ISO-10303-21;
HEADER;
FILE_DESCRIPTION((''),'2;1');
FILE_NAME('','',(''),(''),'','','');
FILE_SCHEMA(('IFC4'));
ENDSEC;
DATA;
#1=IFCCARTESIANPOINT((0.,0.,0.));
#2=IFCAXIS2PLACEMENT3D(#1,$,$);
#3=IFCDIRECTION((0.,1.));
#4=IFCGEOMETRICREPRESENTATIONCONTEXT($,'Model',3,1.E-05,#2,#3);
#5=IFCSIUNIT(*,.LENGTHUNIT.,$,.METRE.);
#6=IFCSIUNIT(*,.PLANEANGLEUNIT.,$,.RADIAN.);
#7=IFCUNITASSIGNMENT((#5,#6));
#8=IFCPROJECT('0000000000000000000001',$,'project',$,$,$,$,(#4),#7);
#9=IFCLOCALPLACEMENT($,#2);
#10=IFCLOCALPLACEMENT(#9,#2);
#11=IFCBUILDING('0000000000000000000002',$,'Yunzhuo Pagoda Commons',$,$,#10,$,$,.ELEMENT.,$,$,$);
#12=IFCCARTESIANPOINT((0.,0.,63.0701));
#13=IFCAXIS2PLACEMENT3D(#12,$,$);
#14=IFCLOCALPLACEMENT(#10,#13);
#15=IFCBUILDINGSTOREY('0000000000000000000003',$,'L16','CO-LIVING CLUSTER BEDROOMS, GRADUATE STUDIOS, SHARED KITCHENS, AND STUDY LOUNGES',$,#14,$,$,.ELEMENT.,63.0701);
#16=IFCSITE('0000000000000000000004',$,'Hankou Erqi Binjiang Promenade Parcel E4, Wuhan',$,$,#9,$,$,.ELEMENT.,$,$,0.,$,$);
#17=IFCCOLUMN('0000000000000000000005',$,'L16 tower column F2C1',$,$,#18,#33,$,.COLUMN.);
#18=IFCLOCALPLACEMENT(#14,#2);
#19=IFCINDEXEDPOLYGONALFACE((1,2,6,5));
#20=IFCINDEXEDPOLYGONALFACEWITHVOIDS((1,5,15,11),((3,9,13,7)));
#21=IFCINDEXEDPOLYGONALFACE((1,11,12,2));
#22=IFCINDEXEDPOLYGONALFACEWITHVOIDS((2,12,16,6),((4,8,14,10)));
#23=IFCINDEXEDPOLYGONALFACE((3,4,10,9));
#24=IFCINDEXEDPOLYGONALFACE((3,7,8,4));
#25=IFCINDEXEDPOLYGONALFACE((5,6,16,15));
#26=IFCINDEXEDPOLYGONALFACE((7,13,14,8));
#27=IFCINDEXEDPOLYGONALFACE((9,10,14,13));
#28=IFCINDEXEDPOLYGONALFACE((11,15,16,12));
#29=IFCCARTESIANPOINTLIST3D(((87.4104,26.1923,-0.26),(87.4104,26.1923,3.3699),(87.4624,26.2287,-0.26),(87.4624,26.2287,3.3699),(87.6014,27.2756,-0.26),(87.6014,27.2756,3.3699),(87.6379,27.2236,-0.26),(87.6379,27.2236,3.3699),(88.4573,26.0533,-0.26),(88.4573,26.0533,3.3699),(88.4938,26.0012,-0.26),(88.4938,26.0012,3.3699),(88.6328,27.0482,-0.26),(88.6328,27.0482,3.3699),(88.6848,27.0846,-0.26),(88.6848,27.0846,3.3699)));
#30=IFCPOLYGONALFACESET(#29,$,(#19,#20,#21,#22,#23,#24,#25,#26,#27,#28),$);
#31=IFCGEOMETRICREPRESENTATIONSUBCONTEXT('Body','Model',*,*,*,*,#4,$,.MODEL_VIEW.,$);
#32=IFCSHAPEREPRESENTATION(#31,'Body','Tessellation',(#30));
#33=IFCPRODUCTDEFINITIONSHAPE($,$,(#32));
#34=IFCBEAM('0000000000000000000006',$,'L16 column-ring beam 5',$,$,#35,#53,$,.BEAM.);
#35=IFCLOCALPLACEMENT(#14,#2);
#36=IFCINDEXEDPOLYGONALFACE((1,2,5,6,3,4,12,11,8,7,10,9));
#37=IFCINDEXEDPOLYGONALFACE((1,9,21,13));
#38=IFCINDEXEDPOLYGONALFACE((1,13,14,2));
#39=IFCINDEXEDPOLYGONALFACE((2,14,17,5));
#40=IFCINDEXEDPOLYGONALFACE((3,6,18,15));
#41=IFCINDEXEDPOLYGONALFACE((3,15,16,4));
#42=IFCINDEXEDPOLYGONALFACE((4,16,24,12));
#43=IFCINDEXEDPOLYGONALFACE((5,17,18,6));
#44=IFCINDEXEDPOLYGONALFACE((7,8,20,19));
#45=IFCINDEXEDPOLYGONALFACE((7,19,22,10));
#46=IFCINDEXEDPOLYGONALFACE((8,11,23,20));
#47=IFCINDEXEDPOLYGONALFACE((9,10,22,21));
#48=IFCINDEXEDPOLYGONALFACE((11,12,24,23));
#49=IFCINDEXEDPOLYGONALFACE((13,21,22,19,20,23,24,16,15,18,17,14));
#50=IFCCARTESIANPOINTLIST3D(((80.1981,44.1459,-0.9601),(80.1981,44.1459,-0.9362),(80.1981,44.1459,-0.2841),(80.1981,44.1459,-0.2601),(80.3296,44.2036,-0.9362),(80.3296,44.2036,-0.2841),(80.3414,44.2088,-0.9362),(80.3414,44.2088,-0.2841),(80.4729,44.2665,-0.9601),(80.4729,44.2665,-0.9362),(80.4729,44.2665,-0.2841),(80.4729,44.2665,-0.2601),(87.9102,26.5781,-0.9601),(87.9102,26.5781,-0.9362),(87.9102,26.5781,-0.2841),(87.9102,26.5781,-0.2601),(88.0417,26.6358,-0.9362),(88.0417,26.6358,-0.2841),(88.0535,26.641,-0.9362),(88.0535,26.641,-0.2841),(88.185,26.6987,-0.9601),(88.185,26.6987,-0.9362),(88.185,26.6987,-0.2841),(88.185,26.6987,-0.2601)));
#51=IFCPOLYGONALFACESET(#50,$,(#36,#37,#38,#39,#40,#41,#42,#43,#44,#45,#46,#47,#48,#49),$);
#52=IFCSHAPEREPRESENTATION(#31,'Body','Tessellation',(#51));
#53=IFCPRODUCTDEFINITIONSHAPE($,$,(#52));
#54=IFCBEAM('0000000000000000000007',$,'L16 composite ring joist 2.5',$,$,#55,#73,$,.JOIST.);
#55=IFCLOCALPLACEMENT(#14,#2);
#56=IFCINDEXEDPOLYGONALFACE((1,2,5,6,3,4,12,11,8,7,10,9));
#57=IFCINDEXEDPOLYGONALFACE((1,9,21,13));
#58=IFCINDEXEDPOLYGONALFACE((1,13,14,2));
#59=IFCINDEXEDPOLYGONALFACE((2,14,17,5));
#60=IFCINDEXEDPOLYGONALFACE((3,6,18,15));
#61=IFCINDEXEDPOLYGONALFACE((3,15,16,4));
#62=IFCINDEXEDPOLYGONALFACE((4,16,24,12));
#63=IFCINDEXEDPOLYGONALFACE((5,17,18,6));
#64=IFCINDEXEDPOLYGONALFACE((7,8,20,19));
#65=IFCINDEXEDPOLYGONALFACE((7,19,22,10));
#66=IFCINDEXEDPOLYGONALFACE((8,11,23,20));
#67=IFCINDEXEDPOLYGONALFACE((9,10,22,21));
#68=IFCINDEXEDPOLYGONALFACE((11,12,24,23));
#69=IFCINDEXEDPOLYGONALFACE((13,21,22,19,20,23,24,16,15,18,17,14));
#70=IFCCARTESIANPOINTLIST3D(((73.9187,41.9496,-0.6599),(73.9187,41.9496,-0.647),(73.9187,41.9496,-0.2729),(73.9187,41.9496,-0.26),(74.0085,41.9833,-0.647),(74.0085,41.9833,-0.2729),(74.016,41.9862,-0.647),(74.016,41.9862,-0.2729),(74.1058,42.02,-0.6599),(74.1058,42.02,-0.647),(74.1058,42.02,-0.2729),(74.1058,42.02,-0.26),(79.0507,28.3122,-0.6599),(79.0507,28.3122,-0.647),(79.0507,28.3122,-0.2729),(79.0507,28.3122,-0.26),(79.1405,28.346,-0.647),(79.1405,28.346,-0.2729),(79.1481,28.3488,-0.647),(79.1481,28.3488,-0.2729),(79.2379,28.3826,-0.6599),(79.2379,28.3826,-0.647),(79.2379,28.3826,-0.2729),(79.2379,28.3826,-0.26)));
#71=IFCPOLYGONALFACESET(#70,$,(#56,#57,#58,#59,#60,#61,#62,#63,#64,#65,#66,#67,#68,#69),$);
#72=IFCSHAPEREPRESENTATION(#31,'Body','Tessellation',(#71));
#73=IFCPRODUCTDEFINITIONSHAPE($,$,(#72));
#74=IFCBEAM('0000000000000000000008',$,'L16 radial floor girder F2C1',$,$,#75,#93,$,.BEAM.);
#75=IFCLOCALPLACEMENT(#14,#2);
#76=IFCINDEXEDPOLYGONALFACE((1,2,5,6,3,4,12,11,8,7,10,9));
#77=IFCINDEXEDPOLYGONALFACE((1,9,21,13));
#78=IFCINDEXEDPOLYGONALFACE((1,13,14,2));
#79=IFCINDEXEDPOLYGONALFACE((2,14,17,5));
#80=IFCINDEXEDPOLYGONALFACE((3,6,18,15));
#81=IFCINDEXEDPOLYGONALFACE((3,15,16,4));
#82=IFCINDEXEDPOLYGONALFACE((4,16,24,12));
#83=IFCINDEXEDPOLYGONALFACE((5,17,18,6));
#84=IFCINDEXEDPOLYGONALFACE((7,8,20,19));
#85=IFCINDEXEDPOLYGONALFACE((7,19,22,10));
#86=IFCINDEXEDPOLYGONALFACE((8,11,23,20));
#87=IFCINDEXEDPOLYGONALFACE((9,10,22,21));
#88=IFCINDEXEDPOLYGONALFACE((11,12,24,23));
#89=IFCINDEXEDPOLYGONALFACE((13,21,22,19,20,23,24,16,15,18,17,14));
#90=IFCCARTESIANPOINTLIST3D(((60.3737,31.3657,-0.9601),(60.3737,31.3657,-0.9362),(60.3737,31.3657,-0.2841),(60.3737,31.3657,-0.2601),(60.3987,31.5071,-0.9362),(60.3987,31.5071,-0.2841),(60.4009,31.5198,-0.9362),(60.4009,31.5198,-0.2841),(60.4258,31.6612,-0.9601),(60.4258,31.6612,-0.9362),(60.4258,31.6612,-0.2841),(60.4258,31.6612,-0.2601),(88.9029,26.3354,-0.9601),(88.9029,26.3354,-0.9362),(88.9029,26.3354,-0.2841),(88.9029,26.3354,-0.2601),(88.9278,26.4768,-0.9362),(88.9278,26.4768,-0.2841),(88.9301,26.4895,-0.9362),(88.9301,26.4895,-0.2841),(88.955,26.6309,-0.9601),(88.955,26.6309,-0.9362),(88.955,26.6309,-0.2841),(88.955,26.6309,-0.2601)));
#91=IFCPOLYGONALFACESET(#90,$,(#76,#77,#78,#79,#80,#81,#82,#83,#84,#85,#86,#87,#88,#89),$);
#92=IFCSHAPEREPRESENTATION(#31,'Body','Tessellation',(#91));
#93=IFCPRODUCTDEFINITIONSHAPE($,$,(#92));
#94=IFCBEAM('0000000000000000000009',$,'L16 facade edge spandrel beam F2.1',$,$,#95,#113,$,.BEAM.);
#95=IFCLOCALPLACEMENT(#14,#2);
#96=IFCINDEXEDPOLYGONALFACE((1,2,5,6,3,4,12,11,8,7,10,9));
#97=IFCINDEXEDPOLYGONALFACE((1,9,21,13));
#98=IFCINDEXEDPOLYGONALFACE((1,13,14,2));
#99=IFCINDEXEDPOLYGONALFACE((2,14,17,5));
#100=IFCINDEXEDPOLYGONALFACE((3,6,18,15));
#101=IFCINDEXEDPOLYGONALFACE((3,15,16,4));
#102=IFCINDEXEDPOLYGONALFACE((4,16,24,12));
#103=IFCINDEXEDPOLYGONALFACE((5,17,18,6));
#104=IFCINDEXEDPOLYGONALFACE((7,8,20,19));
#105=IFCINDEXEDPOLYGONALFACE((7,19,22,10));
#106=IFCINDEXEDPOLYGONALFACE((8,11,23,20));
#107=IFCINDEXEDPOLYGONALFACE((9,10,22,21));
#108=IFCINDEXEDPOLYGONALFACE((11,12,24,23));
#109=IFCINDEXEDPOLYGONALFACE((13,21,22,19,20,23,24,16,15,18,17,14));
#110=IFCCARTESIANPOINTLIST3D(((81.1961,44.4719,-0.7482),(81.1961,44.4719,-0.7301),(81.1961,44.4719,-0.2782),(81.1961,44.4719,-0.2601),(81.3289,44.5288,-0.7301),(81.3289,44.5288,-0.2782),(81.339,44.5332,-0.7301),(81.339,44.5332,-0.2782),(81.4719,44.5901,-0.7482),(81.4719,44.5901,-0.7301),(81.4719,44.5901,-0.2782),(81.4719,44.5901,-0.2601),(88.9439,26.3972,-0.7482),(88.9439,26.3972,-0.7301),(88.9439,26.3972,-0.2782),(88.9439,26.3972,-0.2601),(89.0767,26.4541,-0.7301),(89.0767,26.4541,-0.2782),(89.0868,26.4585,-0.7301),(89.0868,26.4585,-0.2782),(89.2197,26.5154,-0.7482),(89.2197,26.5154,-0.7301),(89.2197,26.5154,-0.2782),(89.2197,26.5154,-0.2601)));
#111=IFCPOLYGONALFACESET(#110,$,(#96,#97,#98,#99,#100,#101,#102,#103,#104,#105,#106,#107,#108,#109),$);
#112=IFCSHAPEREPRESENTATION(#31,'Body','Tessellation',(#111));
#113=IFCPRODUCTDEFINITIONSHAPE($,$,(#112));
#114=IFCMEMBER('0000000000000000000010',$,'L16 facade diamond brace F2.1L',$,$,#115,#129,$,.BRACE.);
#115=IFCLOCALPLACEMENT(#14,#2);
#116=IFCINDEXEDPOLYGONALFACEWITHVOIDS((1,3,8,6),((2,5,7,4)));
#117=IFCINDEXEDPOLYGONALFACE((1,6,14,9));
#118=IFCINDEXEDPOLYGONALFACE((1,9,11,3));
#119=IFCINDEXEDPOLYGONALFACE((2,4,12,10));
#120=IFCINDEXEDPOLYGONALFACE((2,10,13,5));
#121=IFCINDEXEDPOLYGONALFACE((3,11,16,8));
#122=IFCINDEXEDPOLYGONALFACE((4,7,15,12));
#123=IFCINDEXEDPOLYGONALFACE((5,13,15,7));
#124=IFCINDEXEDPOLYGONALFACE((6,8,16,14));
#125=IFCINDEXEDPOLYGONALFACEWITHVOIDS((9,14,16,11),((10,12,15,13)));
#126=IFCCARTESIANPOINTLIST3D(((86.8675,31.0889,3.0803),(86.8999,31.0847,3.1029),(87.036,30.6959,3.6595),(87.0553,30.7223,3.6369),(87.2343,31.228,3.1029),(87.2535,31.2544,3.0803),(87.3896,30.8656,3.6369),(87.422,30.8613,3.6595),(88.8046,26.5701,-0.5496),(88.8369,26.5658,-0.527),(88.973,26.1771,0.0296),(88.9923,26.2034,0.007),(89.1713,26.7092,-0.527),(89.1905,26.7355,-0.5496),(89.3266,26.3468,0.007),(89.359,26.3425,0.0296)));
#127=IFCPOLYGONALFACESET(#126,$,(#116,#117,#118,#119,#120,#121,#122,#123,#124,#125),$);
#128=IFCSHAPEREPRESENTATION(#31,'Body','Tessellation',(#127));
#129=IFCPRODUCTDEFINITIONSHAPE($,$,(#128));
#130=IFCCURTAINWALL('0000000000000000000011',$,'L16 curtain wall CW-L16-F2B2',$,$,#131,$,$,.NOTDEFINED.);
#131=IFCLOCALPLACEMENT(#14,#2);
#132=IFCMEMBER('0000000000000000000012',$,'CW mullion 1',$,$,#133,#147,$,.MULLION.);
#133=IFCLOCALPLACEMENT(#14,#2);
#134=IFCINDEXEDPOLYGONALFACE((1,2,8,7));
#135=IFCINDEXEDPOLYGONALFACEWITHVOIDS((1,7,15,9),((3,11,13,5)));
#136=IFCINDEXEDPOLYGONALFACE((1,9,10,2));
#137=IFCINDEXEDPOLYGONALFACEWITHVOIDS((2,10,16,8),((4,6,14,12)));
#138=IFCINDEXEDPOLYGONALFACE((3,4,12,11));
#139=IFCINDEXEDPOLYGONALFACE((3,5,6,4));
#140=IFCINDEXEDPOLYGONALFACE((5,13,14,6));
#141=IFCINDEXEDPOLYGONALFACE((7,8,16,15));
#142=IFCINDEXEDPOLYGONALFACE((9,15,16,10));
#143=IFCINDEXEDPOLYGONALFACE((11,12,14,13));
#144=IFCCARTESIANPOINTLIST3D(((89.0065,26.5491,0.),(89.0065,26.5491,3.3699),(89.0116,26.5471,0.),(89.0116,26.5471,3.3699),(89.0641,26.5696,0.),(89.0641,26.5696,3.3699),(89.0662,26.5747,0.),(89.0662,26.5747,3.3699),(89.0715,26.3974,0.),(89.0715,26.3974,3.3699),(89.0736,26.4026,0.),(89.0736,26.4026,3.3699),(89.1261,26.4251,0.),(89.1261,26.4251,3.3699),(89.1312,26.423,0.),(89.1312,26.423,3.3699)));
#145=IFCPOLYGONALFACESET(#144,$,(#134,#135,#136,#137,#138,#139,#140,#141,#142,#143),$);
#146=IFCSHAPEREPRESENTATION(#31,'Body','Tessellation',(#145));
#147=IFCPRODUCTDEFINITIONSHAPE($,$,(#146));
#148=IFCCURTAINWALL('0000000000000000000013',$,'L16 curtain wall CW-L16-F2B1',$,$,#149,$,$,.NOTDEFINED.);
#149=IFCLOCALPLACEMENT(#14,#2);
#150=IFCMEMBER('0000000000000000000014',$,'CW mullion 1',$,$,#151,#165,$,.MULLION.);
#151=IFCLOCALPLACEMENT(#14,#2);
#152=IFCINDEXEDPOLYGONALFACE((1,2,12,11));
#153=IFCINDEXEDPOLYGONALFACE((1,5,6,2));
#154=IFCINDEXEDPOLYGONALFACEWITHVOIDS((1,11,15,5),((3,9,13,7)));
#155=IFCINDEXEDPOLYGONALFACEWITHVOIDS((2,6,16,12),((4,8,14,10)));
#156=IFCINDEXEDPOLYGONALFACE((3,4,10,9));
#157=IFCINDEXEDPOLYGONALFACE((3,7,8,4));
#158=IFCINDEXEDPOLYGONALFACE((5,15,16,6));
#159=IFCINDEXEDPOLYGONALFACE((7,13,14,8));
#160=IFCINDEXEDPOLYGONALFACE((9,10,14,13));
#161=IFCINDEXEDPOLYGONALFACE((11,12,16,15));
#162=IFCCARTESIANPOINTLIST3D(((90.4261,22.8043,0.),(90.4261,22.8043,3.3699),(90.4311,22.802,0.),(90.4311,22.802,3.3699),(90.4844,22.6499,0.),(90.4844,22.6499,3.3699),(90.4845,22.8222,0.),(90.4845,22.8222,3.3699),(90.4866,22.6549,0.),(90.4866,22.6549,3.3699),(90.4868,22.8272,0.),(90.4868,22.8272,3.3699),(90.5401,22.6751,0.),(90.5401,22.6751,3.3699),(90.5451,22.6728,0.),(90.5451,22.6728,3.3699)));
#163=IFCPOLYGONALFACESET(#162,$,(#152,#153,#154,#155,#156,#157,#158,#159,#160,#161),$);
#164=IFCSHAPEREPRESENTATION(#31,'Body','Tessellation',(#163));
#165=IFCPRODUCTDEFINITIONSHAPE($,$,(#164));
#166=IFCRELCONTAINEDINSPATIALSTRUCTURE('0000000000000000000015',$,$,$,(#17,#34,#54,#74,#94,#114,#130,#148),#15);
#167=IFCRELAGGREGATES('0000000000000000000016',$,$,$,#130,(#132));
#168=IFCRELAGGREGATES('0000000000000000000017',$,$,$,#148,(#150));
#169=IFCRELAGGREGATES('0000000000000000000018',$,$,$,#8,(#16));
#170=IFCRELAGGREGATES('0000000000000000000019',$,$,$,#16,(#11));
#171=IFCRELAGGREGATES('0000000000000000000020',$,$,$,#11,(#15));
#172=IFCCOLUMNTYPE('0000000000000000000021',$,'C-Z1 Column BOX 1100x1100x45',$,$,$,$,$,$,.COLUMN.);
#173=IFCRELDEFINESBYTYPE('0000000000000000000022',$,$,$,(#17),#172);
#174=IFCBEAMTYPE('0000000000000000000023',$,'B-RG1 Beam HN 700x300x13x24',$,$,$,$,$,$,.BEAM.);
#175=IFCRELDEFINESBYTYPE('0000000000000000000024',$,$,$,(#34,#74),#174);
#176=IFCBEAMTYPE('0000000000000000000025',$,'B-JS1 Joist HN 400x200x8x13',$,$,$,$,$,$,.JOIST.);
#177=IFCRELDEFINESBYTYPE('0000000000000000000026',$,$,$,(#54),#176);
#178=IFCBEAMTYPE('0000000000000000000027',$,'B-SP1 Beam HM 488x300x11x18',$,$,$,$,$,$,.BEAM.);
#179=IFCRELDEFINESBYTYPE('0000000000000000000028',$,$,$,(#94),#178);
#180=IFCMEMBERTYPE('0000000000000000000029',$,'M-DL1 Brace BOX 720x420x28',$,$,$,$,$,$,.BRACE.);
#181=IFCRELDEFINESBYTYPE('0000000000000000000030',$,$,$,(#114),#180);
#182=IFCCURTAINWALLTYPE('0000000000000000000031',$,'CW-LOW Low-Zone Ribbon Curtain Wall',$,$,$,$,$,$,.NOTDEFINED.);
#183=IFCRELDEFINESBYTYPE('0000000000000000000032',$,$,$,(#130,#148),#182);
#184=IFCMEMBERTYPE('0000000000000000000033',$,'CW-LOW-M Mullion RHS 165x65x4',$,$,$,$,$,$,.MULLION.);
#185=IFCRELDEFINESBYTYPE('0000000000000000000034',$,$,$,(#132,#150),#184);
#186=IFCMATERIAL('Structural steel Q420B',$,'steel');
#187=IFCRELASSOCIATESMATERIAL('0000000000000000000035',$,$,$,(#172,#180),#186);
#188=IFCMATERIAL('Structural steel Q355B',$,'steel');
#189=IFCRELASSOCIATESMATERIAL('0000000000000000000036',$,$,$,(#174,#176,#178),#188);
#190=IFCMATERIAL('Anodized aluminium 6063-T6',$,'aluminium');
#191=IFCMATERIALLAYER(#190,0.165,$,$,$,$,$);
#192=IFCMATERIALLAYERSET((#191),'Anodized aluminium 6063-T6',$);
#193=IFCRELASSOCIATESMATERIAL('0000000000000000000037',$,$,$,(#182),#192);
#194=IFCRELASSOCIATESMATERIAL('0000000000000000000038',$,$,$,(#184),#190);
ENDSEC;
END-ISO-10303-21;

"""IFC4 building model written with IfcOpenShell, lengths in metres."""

from ifc_helpers import new_model, si_unit, direction, frame, origin, origin_2d, place, context, subcontext, project, spatial, hollow_rectangle, i_section, extrude, source, transform, mapped, material, layer, layer_set, material_profile, profile_set, type_object, element, aggregate, save


model = new_model("IFC4")

# Units and contexts
model_context = context("Model", 3, precision=1e-05, world=origin(), true_north=direction((0.0, 1.0)))
body_context = subcontext(model_context, "Body", "Model", "MODEL_VIEW")
ifc_project = project(units=[si_unit("LENGTHUNIT", "METRE"), si_unit("PLANEANGLEUNIT", "RADIAN")], contexts=[model_context])

# Site, building, storey
site_placement = place(None, origin())
site = spatial("IfcSite", under=ifc_project, at=site_placement, Name="Hankou Erqi Binjiang Promenade Parcel E4, Wuhan", CompositionType="ELEMENT", RefElevation=0.0)
building_placement = place(site_placement, origin())
building = spatial("IfcBuilding", under=site, at=building_placement, Name="Yunzhuo Pagoda Commons", CompositionType="ELEMENT")
storey_placement = place(building_placement, frame((0.0, 0.0, 63.0701)))
storey = spatial("IfcBuildingStorey", under=building, at=storey_placement, Name="L16", Description="CO-LIVING CLUSTER BEDROOMS, GRADUATE STUDIOS, SHARED KITCHENS, AND STUDY LOUNGES", CompositionType="ELEMENT", Elevation=63.0701)

# Column
ifc_material_1 = material(Name="Structural steel Q420B", Category="steel")
ifc_material_profile_1 = material_profile(ifc_material_1, hollow_rectangle(XDim=1.1001, YDim=1.1001, WallThickness=0.0449, at=origin_2d()), Name="Structural steel Q420B")
ifc_profile_set_1 = profile_set([ifc_material_profile_1], Name="Structural steel Q420B")
column_type = type_object("IfcColumnType", Name="C-Z1 Column BOX 1100x1100x45", PredefinedType="COLUMN", material=ifc_profile_set_1)
shared_shape_1 = source(origin(), body_context, "Body", "SweptSolid", [
    extrude(hollow_rectangle(XDim=1.1001, YDim=1.1001, WallThickness=0.0449, at=origin_2d()), origin(), (0.0, 0.0, 1.0), 3.6299),
])
column_placement = place(storey_placement, frame((88.0476, 26.6384, -0.26), z_axis=(0.0, 0.0, 1.0), x_axis=(0.173648, 0.984808, 0.0)))
element("IfcColumn", 1, at=column_placement, inside=storey, type_object=column_type, Name="L16 tower column F2C1", PredefinedType="COLUMN", context=body_context, shape_type="MappedRepresentation", body=[
    mapped(shared_shape_1, transform((0.0, 0.0, 0.0), scale=1.0)),
])

# Beams
ifc_material_2 = material(Name="Structural steel Q355B", Category="steel")
ifc_material_profile_2 = material_profile(ifc_material_2, i_section(OverallWidth=0.3, OverallDepth=0.7, WebThickness=0.0129, FlangeThickness=0.0239, at=origin_2d()), Name="Structural steel Q355B")
ifc_profile_set_2 = profile_set([ifc_material_profile_2], Name="Structural steel Q355B")
beam_type_1 = type_object("IfcBeamType", Name="B-RG1 Beam HN 700x300x13x24", PredefinedType="BEAM", material=ifc_profile_set_2)
shared_shape_2 = source(origin(), body_context, "Body", "SweptSolid", [
    extrude(i_section(OverallWidth=0.3, OverallDepth=0.7, WebThickness=0.0129, FlangeThickness=0.0239, at=origin_2d()), origin(), (0.0, 0.0, 1.0), 19.186),
])
beam_1_placement = place(storey_placement, frame((88.0476, 26.6384, -0.6101), z_axis=(-0.401965, 0.915655, 0.0), x_axis=(-0.915655, -0.401965, 0.0)))
element("IfcBeam", 2, at=beam_1_placement, inside=storey, type_object=beam_type_1, Name="L16 column-ring beam 5", PredefinedType="BEAM", context=body_context, shape_type="MappedRepresentation", body=[
    mapped(shared_shape_2, transform((0.0, 0.0, 0.0), scale=1.0)),
])
ifc_material_profile_3 = material_profile(ifc_material_2, i_section(OverallWidth=0.2, OverallDepth=0.3999, WebThickness=0.0081, FlangeThickness=0.0129, at=origin_2d()), Name="Structural steel Q355B")
ifc_profile_set_3 = profile_set([ifc_material_profile_3], Name="Structural steel Q355B")
beam_type_2 = type_object("IfcBeamType", Name="B-JS1 Joist HN 400x200x8x13", PredefinedType="JOIST", material=ifc_profile_set_3)
shared_shape_3 = source(origin(), body_context, "Body", "SweptSolid", [
    extrude(i_section(OverallWidth=0.2, OverallDepth=0.3999, WebThickness=0.0081, FlangeThickness=0.0129, at=origin_2d()), origin(), (0.0, 0.0, 1.0), 14.571),
])
beam_2_placement = place(storey_placement, frame((79.1443, 28.3474, -0.46), z_axis=(-0.352208, 0.935922, 0.0), x_axis=(-0.935922, -0.352208, 0.0)))
element("IfcBeam", 3, at=beam_2_placement, inside=storey, type_object=beam_type_2, Name="L16 composite ring joist 2.5", PredefinedType="JOIST", context=body_context, shape_type="MappedRepresentation", body=[
    mapped(shared_shape_3, transform((0.0, 0.0, 0.0), scale=1.0)),
])
shared_shape_4 = source(origin(), body_context, "Body", "SweptSolid", [
    extrude(i_section(OverallWidth=0.3, OverallDepth=0.7, WebThickness=0.0129, FlangeThickness=0.0239, at=origin_2d()), origin(), (0.0, 0.0, 1.0), 28.9692),
])
beam_3_placement = place(storey_placement, frame((88.929, 26.4832, -0.6101), z_axis=(-0.984809, 0.173643, 0.0), x_axis=(-0.173643, -0.984809, 0.0)))
element("IfcBeam", 4, at=beam_3_placement, inside=storey, type_object=beam_type_1, Name="L16 radial floor girder F2C1", PredefinedType="BEAM", context=body_context, shape_type="MappedRepresentation", body=[
    mapped(shared_shape_4, transform((0.0, 0.0, 0.0), scale=1.0)),
])
ifc_material_profile_4 = material_profile(ifc_material_2, i_section(OverallWidth=0.3, OverallDepth=0.488, WebThickness=0.011, FlangeThickness=0.0181, at=origin_2d()), Name="Structural steel Q355B")
ifc_profile_set_4 = profile_set([ifc_material_profile_4], Name="Structural steel Q355B")
beam_type_3 = type_object("IfcBeamType", Name="B-SP1 Beam HM 488x300x11x18", PredefinedType="BEAM", material=ifc_profile_set_4)
shared_shape_5 = source(origin(), body_context, "Body", "SweptSolid", [
    extrude(i_section(OverallWidth=0.3, OverallDepth=0.488, WebThickness=0.011, FlangeThickness=0.0181, at=origin_2d()), origin(), (0.0, 0.0, 1.0), 19.6653),
])
beam_4_placement = place(storey_placement, frame((89.0818, 26.4563, -0.5042), z_axis=(-0.393984, 0.919117, 0.0), x_axis=(-0.919117, -0.393984, 0.0)))
element("IfcBeam", 5, at=beam_4_placement, inside=storey, type_object=beam_type_3, Name="L16 facade edge spandrel beam F2.1", PredefinedType="BEAM", context=body_context, shape_type="MappedRepresentation", body=[
    mapped(shared_shape_5, transform((0.0, 0.0, 0.0), scale=1.0)),
])

# Member
ifc_material_profile_5 = material_profile(ifc_material_1, hollow_rectangle(XDim=0.4199, YDim=0.72, WallThickness=0.0281, at=origin_2d()), Name="Structural steel Q420B")
ifc_profile_set_5 = profile_set([ifc_material_profile_5], Name="Structural steel Q420B")
member_type_1 = type_object("IfcMemberType", Name="M-DL1 Brace BOX 720x420x28", PredefinedType="BRACE", material=ifc_profile_set_5)
shared_shape_6 = source(origin(), body_context, "Body", "SweptSolid", [
    extrude(hollow_rectangle(XDim=0.4199, YDim=0.72, WallThickness=0.0281, at=origin_2d()), origin(), (0.0, 0.0, 1.0), 6.1113),
])
member_1_placement = place(storey_placement, frame((89.0818, 26.4563, -0.26), z_axis=(-0.316957, 0.739421, 0.593965), x_axis=(-0.919117, -0.393985, 0.0)))
element("IfcMember", 6, at=member_1_placement, inside=storey, type_object=member_type_1, Name="L16 facade diamond brace F2.1L", PredefinedType="BRACE", context=body_context, shape_type="MappedRepresentation", body=[
    mapped(shared_shape_6, transform((0.0, 0.0, 0.0), scale=1.0)),
])

# Curtain wall, member
ifc_material_3 = material(Name="Anodized aluminium 6063-T6", Category="aluminium")
ifc_layer_1 = layer(ifc_material_3, 0.165)
ifc_layer_set_1 = layer_set([ifc_layer_1], Name="Anodized aluminium 6063-T6")
curtain_wall_type_1 = type_object("IfcCurtainWallType", Name="CW-LOW Low-Zone Ribbon Curtain Wall", PredefinedType="NOTDEFINED", material=ifc_layer_set_1)
curtain_wall_1_placement = place(storey_placement, origin())
curtain_wall_1 = element("IfcCurtainWall", 7, at=curtain_wall_1_placement, inside=storey, type_object=curtain_wall_type_1, Name="L16 curtain wall CW-L16-F2B2", PredefinedType="NOTDEFINED")
ifc_material_profile_6 = material_profile(ifc_material_3, hollow_rectangle(XDim=0.0649, YDim=0.165, WallThickness=0.0039, at=origin_2d()), Name="Anodized aluminium 6063-T6")
ifc_profile_set_6 = profile_set([ifc_material_profile_6], Name="Anodized aluminium 6063-T6")
member_type_2 = type_object("IfcMemberType", Name="CW-LOW-M Mullion RHS 165x65x4", PredefinedType="MULLION", material=ifc_profile_set_6)
shared_shape_7 = source(origin(), body_context, "Body", "SweptSolid", [
    extrude(hollow_rectangle(XDim=0.0649, YDim=0.165, WallThickness=0.0039, at=origin_2d()), origin(), (0.0, 0.0, 1.0), 3.3699),
])
member_2_placement = place(storey_placement, frame((89.0688, 26.4861, 0.0), z_axis=(0.0, 0.0, 1.0), x_axis=(-0.919121, -0.393975, 0.0)))
member_2 = element("IfcMember", 8, at=member_2_placement, type_object=member_type_2, Name="CW mullion 1", PredefinedType="MULLION", context=body_context, shape_type="MappedRepresentation", body=[
    mapped(shared_shape_7, transform((0.0, 0.0, 0.0), scale=1.0)),
])

# Curtain wall, member
curtain_wall_2_placement = place(storey_placement, origin())
curtain_wall_2 = element("IfcCurtainWall", 9, at=curtain_wall_2_placement, inside=storey, type_object=curtain_wall_type_1, Name="L16 curtain wall CW-L16-F2B1", PredefinedType="NOTDEFINED")
member_3_placement = place(storey_placement, frame((90.4856, 22.7385, 0.0), z_axis=(0.0, 0.0, 1.0), x_axis=(-0.935513, -0.353291, 0.0)))
member_3 = element("IfcMember", 10, at=member_3_placement, type_object=member_type_2, Name="CW mullion 1", PredefinedType="MULLION", context=body_context, shape_type="MappedRepresentation", body=[
    mapped(shared_shape_7, transform((0.0, 0.0, 0.0), scale=1.0)),
])

aggregate(curtain_wall_1, [member_2])
aggregate(curtain_wall_2, [member_3])

save(model, "model.ifc")
